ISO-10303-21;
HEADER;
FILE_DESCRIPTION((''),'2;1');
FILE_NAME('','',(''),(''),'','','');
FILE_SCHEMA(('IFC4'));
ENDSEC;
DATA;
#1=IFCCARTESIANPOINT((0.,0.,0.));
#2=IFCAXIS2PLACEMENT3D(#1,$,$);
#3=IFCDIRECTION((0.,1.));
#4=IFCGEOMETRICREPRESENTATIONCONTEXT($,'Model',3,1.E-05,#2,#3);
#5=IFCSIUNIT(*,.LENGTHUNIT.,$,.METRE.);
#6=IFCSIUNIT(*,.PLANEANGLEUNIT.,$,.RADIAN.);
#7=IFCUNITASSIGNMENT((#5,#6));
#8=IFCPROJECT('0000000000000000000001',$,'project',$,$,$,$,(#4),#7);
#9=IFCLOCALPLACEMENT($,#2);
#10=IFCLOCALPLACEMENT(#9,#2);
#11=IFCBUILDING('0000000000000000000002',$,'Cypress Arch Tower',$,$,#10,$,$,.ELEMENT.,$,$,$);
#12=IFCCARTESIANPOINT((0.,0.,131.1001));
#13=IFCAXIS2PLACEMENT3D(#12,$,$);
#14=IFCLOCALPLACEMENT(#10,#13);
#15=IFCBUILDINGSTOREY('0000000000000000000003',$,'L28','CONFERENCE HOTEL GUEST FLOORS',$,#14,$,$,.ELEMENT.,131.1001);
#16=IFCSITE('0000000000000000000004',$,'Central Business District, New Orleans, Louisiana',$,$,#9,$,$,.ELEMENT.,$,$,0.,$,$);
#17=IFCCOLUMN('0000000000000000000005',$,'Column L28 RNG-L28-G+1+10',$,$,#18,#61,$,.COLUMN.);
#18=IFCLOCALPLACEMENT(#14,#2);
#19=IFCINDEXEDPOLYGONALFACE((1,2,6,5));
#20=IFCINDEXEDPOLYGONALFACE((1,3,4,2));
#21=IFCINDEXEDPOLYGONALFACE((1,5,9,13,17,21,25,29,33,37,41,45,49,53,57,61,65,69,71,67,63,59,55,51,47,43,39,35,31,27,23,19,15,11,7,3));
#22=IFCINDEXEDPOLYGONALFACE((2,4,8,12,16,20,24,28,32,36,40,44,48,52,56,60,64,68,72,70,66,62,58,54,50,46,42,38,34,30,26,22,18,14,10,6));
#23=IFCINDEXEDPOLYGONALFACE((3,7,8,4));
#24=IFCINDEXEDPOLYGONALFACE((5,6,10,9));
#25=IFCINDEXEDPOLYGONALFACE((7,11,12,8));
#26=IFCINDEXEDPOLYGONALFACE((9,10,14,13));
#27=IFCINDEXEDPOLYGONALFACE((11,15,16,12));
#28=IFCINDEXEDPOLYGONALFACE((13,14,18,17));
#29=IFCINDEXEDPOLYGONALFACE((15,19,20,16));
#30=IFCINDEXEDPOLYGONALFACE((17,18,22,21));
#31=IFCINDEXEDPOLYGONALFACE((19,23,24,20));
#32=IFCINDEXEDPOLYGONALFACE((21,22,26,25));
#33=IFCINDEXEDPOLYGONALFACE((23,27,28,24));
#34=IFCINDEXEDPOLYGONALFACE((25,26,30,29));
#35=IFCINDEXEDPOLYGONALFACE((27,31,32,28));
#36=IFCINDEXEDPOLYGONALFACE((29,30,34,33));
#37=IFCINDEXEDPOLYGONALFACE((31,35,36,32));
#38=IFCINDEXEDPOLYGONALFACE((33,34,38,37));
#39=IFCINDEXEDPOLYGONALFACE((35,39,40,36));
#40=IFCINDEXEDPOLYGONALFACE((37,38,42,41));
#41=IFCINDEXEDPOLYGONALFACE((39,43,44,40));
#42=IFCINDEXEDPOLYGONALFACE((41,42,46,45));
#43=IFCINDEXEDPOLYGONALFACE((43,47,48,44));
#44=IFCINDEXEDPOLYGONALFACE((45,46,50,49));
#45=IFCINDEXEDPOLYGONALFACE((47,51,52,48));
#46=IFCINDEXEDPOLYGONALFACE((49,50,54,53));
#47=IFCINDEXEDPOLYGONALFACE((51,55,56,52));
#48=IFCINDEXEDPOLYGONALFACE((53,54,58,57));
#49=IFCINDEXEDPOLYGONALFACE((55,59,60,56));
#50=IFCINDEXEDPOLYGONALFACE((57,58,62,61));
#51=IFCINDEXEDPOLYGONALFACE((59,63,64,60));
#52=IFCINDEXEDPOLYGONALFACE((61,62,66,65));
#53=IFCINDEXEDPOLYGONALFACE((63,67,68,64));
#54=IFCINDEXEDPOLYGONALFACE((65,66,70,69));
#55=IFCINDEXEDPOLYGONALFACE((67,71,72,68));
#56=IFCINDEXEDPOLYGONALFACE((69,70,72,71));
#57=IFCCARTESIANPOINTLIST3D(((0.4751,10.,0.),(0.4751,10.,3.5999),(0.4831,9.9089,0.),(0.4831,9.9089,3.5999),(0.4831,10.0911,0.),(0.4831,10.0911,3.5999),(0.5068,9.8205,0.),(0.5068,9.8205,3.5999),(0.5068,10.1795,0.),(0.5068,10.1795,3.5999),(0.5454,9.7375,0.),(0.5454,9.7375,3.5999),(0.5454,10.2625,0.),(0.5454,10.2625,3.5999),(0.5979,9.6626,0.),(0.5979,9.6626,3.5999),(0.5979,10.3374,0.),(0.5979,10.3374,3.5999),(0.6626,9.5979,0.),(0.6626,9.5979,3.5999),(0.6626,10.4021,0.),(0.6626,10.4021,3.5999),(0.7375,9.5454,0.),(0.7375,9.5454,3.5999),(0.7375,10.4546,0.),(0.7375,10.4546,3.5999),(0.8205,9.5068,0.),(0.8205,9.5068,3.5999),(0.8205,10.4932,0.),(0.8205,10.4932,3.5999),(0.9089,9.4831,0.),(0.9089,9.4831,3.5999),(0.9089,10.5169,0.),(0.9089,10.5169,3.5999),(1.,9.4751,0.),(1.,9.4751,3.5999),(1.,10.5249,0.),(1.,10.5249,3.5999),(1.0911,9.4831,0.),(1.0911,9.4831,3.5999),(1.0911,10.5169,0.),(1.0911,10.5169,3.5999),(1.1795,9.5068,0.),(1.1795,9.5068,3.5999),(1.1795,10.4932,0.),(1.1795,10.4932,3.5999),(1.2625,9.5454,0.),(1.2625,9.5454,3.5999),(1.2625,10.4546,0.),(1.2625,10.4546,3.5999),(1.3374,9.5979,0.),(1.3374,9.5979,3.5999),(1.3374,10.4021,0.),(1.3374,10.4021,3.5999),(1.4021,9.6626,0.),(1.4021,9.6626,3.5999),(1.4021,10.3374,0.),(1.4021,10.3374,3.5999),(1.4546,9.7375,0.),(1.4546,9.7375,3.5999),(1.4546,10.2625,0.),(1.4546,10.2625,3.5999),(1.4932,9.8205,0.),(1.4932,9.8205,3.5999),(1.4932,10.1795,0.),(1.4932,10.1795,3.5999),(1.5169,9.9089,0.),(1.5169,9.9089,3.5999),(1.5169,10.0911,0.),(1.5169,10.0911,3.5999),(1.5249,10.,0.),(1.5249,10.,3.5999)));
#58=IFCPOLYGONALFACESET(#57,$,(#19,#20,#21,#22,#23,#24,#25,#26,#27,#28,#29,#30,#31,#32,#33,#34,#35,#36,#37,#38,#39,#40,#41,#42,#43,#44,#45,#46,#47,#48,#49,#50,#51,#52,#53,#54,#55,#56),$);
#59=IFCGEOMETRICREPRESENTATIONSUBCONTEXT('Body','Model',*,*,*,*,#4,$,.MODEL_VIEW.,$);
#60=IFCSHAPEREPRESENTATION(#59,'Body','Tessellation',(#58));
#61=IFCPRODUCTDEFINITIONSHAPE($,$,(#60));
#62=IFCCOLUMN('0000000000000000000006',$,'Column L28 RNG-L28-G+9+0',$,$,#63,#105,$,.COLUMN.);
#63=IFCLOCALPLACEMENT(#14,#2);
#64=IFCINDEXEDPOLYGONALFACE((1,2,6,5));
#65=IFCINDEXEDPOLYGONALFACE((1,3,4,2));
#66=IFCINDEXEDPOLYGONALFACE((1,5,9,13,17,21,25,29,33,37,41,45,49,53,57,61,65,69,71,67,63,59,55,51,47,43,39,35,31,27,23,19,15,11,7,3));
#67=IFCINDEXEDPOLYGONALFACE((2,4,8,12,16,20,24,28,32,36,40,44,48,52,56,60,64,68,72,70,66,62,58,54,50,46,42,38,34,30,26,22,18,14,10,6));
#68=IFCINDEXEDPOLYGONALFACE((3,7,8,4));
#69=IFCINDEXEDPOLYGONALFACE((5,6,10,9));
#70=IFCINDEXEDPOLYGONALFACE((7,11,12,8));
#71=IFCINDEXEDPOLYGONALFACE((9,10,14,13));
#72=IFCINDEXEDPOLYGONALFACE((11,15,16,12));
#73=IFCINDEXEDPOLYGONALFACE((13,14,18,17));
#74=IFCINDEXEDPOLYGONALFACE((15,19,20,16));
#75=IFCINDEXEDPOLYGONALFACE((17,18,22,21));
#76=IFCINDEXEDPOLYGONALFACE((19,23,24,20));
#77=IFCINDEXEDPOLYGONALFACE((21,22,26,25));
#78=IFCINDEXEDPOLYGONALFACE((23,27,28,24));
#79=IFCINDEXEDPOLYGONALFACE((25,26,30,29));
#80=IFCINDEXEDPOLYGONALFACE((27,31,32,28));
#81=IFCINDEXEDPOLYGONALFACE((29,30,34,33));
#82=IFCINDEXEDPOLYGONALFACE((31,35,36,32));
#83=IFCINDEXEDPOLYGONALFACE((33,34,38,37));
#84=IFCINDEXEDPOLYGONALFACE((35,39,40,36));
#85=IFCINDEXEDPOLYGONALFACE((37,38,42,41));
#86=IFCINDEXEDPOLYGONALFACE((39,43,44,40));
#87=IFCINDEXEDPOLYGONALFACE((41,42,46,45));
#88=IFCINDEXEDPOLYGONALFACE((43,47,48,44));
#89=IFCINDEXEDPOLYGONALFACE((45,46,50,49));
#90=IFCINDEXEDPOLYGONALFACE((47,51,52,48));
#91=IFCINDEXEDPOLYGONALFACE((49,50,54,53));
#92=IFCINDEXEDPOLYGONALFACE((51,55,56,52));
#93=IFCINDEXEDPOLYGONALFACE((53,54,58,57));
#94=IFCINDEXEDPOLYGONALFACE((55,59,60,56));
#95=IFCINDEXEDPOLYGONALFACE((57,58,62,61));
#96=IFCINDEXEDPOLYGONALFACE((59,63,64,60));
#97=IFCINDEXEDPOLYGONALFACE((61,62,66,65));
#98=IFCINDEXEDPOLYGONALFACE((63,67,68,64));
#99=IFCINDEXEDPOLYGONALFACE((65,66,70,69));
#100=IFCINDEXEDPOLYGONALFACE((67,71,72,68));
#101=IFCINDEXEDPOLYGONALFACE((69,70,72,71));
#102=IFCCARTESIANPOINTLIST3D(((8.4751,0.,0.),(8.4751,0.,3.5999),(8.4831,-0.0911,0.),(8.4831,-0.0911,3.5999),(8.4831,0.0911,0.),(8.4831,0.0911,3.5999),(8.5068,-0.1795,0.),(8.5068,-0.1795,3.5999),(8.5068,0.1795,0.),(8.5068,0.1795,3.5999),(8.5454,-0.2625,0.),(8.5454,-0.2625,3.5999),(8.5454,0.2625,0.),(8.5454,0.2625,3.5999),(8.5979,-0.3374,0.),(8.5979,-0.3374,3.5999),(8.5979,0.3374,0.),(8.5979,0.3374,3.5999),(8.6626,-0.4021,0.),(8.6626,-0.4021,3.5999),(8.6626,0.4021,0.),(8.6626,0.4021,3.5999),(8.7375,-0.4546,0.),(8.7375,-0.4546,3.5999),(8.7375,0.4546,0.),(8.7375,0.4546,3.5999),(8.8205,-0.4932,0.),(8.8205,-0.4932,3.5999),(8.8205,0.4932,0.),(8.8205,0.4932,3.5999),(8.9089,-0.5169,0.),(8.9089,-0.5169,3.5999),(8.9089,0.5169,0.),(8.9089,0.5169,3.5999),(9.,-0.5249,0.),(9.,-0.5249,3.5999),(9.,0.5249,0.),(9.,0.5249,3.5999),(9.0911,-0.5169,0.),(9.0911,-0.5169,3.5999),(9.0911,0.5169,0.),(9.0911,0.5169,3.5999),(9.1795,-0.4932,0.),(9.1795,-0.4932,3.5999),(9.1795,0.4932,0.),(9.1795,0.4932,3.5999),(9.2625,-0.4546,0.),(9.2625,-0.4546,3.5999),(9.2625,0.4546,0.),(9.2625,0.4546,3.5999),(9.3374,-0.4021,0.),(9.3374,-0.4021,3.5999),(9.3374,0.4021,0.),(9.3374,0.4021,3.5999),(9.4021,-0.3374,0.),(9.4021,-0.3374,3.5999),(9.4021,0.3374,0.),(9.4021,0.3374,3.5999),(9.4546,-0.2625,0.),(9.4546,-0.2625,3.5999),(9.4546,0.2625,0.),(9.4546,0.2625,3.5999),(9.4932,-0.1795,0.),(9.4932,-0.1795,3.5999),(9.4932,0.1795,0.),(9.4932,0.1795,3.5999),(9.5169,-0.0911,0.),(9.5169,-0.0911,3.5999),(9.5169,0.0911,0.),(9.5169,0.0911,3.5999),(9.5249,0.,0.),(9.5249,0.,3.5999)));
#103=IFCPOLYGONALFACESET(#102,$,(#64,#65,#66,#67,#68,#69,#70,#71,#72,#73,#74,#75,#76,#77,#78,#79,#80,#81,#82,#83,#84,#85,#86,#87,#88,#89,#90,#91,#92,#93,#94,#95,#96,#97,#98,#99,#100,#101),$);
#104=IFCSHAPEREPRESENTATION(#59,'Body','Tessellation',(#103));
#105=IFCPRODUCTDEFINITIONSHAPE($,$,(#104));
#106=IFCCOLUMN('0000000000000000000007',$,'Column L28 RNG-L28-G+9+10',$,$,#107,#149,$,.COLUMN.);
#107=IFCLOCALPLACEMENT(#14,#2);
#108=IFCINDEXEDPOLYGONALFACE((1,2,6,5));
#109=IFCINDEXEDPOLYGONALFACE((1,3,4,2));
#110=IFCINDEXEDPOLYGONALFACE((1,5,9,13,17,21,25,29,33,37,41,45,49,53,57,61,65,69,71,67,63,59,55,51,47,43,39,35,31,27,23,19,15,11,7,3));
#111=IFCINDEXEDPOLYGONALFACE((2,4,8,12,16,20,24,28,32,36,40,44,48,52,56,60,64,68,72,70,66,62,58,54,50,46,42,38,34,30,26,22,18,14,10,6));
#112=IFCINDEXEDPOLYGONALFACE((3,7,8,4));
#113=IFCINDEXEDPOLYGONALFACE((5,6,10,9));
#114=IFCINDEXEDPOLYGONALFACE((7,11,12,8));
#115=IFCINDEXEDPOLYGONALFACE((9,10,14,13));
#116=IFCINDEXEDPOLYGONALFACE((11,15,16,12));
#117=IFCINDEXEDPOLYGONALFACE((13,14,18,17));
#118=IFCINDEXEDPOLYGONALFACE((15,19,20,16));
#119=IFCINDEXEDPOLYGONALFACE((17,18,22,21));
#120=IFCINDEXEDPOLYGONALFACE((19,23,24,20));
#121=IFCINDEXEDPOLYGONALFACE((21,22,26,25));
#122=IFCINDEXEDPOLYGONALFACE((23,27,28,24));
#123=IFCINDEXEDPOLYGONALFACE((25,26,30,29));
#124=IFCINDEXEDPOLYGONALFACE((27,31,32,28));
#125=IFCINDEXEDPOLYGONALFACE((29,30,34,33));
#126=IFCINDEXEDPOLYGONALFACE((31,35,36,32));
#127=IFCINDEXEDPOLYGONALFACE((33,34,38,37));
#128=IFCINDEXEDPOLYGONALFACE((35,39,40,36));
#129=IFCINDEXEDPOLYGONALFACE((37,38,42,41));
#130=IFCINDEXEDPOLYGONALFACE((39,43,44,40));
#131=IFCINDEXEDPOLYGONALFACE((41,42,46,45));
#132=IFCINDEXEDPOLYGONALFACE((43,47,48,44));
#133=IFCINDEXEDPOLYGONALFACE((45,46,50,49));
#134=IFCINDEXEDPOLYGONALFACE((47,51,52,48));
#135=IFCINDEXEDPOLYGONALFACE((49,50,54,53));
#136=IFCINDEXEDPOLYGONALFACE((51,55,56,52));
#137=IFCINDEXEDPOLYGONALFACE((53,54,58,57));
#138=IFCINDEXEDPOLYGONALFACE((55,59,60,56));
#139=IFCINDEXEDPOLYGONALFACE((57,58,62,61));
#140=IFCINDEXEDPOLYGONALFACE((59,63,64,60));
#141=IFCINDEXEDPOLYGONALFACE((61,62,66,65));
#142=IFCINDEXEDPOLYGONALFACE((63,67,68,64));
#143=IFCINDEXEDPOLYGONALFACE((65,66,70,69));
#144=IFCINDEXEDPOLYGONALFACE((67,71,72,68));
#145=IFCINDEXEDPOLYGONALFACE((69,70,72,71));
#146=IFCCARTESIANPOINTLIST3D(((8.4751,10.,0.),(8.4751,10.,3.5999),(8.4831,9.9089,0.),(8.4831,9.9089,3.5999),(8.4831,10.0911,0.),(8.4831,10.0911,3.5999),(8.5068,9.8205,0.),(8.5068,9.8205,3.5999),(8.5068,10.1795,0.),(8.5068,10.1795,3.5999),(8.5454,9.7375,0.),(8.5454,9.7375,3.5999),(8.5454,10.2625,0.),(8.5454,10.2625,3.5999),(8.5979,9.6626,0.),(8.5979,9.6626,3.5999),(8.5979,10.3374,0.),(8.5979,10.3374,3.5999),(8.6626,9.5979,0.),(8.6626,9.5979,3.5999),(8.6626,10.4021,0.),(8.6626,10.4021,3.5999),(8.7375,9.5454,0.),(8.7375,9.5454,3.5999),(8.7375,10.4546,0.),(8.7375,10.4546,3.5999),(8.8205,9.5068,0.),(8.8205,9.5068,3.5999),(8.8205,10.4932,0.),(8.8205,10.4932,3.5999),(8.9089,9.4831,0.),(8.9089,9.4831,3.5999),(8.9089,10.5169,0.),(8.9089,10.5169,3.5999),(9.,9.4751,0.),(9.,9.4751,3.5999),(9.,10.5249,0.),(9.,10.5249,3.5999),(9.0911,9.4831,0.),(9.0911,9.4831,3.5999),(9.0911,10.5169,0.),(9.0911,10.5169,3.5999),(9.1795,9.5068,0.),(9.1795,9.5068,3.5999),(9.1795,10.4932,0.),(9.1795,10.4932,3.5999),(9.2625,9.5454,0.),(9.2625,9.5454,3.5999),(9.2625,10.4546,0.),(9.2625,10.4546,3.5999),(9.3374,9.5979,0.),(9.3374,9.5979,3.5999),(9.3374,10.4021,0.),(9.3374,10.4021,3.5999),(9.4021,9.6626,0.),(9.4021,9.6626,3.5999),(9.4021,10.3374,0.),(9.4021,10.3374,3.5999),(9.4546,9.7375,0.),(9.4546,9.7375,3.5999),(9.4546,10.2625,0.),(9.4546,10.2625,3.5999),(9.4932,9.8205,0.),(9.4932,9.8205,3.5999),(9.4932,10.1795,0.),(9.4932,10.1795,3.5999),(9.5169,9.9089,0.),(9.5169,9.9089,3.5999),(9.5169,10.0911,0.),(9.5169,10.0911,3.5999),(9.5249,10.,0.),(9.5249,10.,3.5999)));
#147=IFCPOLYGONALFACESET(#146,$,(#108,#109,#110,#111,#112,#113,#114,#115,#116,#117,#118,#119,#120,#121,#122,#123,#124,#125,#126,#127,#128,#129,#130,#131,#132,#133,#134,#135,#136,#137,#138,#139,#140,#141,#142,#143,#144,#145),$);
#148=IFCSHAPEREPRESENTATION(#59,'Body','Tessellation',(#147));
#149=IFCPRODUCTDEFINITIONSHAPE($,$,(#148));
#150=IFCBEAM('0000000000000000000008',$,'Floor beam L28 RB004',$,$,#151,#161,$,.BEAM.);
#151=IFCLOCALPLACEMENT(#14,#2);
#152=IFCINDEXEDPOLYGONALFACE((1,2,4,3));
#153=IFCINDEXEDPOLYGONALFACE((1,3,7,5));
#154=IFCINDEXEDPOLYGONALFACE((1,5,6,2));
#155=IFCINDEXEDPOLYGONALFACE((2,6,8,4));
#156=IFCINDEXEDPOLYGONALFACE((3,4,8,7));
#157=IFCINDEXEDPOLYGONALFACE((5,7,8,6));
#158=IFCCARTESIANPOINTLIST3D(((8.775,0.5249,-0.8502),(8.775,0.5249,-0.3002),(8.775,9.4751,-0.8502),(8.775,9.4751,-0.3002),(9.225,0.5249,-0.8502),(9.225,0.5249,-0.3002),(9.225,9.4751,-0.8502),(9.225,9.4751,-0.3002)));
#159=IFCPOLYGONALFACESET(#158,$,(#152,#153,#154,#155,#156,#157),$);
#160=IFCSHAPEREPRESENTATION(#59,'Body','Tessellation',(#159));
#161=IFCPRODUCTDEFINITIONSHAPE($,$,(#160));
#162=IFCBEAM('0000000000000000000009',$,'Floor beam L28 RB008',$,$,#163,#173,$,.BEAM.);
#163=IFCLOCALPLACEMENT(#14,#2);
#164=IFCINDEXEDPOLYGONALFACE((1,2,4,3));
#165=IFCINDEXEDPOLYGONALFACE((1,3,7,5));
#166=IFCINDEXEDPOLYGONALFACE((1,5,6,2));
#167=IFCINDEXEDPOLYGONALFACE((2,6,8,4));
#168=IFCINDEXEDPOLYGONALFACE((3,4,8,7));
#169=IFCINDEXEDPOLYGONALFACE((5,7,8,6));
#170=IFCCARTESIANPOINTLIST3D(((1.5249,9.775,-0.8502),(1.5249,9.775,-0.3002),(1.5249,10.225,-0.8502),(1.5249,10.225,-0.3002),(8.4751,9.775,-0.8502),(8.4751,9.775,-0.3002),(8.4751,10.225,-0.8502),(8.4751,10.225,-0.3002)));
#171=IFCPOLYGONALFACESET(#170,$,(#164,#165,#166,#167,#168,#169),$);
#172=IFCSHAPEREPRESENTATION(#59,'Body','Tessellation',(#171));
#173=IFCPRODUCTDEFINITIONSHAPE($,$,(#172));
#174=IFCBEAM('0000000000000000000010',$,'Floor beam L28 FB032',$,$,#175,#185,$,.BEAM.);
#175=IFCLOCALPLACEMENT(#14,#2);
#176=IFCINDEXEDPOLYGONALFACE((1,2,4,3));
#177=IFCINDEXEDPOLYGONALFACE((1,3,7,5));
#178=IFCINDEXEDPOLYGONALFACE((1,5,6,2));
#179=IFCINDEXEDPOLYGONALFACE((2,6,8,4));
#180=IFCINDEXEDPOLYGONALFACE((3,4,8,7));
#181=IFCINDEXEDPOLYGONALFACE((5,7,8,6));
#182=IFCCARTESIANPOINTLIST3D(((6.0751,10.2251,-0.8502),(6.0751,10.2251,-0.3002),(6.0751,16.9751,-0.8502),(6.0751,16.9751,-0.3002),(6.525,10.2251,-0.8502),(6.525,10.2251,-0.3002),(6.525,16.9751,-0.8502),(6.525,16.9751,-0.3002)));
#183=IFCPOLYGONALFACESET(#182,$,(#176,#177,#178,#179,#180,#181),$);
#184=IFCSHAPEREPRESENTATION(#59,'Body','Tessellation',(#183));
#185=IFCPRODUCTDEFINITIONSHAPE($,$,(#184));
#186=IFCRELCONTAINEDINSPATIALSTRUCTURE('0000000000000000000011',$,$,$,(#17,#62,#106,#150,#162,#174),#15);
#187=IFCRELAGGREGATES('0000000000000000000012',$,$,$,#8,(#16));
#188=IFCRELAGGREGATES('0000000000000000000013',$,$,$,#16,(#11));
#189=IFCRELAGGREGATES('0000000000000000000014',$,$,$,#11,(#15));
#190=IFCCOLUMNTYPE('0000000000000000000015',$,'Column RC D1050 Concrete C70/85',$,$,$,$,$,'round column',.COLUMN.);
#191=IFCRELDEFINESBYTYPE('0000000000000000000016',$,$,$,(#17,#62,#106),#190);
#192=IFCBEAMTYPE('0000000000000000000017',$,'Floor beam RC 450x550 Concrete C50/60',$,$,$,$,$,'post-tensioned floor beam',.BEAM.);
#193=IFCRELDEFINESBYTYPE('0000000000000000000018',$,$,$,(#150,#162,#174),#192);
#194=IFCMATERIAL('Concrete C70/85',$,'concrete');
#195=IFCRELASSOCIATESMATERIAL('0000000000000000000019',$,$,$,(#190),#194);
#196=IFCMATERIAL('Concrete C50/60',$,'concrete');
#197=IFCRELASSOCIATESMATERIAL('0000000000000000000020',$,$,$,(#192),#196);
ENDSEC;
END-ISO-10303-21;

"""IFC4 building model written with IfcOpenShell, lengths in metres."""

from ifc_helpers import new_model, si_unit, direction, frame, origin, origin_2d, place, context, subcontext, project, spatial, rectangle, circle, extrude, material, material_profile, profile_set, type_object, element, save


model = new_model("IFC4")

# Units and contexts
model_context = context("Model", 3, precision=1e-05, world=origin(), true_north=direction((0.0, 1.0)))
body_context = subcontext(model_context, "Body", "Model", "MODEL_VIEW")
ifc_project = project(units=[si_unit("LENGTHUNIT", "METRE"), si_unit("PLANEANGLEUNIT", "RADIAN")], contexts=[model_context])

# Site, building, storey
site_placement = place(None, origin())
site = spatial("IfcSite", under=ifc_project, at=site_placement, Name="Central Business District, New Orleans, Louisiana", CompositionType="ELEMENT", RefElevation=0.0)
building_placement = place(site_placement, origin())
building = spatial("IfcBuilding", under=site, at=building_placement, Name="Cypress Arch Tower", CompositionType="ELEMENT")
storey_placement = place(building_placement, frame((0.0, 0.0, 131.1001)))
storey = spatial("IfcBuildingStorey", under=building, at=storey_placement, Name="L28", Description="CONFERENCE HOTEL GUEST FLOORS", CompositionType="ELEMENT", Elevation=131.1001)

# Columns
ifc_material_1 = material(Name="Concrete C70/85", Category="concrete")
ifc_material_profile_1 = material_profile(ifc_material_1, circle(Radius=0.5249, at=origin_2d()), Name="RC D1050")
ifc_profile_set_1 = profile_set([ifc_material_profile_1], Name="Concrete C70/85")
column_type = type_object("IfcColumnType", Name="Column RC D1050 Concrete C70/85", ElementType="round column", PredefinedType="COLUMN", material=ifc_profile_set_1)
for number, where, z_axis, x_axis, name in (
    (1, (1.0, 10.0, 0.0), (0.0, 0.0, 1.0), (1.0, 0.0, 0.0), "Column L28 RNG-L28-G+1+10"),
    (2, (9.0, 0.0, 0.0), (0.0, 0.0, 1.0), (1.0, 0.0, 0.0), "Column L28 RNG-L28-G+9+0"),
    (3, (9.0, 10.0, 0.0), (0.0, 0.0, 1.0), (1.0, 0.0, 0.0), "Column L28 RNG-L28-G+9+10"),
):
    element("IfcColumn", number, at=place(storey_placement, frame(where, z_axis=z_axis, x_axis=x_axis)), inside=storey, type_object=column_type, Name=name, PredefinedType="COLUMN", context=body_context, shape_type="SweptSolid", body=[
        extrude(circle(Radius=0.5249, at=origin_2d()), origin(), (0.0, 0.0, 1.0), 3.5999),
    ])

# Beams
ifc_material_2 = material(Name="Concrete C50/60", Category="concrete")
ifc_material_profile_2 = material_profile(ifc_material_2, rectangle(XDim=0.45, YDim=0.55, at=origin_2d()), Name="RC 450x550")
ifc_profile_set_2 = profile_set([ifc_material_profile_2], Name="Concrete C50/60")
beam_type = type_object("IfcBeamType", Name="Floor beam RC 450x550 Concrete C50/60", ElementType="post-tensioned floor beam", PredefinedType="BEAM", material=ifc_profile_set_2)
beam_1_placement = place(storey_placement, frame((9.0, 0.5249, -0.5752), z_axis=(0.0, 1.0, 0.0), x_axis=(-1.0, 0.0, 0.0)))
element("IfcBeam", 4, at=beam_1_placement, inside=storey, type_object=beam_type, Name="Floor beam L28 RB004", PredefinedType="BEAM", context=body_context, shape_type="SweptSolid", body=[
    extrude(rectangle(XDim=0.45, YDim=0.55, at=origin_2d()), origin(), (0.0, 0.0, 1.0), 8.9502),
])
beam_2_placement = place(storey_placement, frame((1.5249, 10.0, -0.5752), z_axis=(1.0, 0.0, 0.0), x_axis=(0.0, 1.0, 0.0)))
element("IfcBeam", 5, at=beam_2_placement, inside=storey, type_object=beam_type, Name="Floor beam L28 RB008", PredefinedType="BEAM", context=body_context, shape_type="SweptSolid", body=[
    extrude(rectangle(XDim=0.45, YDim=0.55, at=origin_2d()), origin(), (0.0, 0.0, 1.0), 6.9502),
])
beam_3_placement = place(storey_placement, frame((6.3, 10.2251, -0.5752), z_axis=(0.0, 1.0, 0.0), x_axis=(-1.0, 0.0, 0.0)))
element("IfcBeam", 6, at=beam_3_placement, inside=storey, type_object=beam_type, Name="Floor beam L28 FB032", PredefinedType="BEAM", context=body_context, shape_type="SweptSolid", body=[
    extrude(rectangle(XDim=0.45, YDim=0.55, at=origin_2d()), origin(), (0.0, 0.0, 1.0), 6.75),
])

save(model, "model.ifc")
